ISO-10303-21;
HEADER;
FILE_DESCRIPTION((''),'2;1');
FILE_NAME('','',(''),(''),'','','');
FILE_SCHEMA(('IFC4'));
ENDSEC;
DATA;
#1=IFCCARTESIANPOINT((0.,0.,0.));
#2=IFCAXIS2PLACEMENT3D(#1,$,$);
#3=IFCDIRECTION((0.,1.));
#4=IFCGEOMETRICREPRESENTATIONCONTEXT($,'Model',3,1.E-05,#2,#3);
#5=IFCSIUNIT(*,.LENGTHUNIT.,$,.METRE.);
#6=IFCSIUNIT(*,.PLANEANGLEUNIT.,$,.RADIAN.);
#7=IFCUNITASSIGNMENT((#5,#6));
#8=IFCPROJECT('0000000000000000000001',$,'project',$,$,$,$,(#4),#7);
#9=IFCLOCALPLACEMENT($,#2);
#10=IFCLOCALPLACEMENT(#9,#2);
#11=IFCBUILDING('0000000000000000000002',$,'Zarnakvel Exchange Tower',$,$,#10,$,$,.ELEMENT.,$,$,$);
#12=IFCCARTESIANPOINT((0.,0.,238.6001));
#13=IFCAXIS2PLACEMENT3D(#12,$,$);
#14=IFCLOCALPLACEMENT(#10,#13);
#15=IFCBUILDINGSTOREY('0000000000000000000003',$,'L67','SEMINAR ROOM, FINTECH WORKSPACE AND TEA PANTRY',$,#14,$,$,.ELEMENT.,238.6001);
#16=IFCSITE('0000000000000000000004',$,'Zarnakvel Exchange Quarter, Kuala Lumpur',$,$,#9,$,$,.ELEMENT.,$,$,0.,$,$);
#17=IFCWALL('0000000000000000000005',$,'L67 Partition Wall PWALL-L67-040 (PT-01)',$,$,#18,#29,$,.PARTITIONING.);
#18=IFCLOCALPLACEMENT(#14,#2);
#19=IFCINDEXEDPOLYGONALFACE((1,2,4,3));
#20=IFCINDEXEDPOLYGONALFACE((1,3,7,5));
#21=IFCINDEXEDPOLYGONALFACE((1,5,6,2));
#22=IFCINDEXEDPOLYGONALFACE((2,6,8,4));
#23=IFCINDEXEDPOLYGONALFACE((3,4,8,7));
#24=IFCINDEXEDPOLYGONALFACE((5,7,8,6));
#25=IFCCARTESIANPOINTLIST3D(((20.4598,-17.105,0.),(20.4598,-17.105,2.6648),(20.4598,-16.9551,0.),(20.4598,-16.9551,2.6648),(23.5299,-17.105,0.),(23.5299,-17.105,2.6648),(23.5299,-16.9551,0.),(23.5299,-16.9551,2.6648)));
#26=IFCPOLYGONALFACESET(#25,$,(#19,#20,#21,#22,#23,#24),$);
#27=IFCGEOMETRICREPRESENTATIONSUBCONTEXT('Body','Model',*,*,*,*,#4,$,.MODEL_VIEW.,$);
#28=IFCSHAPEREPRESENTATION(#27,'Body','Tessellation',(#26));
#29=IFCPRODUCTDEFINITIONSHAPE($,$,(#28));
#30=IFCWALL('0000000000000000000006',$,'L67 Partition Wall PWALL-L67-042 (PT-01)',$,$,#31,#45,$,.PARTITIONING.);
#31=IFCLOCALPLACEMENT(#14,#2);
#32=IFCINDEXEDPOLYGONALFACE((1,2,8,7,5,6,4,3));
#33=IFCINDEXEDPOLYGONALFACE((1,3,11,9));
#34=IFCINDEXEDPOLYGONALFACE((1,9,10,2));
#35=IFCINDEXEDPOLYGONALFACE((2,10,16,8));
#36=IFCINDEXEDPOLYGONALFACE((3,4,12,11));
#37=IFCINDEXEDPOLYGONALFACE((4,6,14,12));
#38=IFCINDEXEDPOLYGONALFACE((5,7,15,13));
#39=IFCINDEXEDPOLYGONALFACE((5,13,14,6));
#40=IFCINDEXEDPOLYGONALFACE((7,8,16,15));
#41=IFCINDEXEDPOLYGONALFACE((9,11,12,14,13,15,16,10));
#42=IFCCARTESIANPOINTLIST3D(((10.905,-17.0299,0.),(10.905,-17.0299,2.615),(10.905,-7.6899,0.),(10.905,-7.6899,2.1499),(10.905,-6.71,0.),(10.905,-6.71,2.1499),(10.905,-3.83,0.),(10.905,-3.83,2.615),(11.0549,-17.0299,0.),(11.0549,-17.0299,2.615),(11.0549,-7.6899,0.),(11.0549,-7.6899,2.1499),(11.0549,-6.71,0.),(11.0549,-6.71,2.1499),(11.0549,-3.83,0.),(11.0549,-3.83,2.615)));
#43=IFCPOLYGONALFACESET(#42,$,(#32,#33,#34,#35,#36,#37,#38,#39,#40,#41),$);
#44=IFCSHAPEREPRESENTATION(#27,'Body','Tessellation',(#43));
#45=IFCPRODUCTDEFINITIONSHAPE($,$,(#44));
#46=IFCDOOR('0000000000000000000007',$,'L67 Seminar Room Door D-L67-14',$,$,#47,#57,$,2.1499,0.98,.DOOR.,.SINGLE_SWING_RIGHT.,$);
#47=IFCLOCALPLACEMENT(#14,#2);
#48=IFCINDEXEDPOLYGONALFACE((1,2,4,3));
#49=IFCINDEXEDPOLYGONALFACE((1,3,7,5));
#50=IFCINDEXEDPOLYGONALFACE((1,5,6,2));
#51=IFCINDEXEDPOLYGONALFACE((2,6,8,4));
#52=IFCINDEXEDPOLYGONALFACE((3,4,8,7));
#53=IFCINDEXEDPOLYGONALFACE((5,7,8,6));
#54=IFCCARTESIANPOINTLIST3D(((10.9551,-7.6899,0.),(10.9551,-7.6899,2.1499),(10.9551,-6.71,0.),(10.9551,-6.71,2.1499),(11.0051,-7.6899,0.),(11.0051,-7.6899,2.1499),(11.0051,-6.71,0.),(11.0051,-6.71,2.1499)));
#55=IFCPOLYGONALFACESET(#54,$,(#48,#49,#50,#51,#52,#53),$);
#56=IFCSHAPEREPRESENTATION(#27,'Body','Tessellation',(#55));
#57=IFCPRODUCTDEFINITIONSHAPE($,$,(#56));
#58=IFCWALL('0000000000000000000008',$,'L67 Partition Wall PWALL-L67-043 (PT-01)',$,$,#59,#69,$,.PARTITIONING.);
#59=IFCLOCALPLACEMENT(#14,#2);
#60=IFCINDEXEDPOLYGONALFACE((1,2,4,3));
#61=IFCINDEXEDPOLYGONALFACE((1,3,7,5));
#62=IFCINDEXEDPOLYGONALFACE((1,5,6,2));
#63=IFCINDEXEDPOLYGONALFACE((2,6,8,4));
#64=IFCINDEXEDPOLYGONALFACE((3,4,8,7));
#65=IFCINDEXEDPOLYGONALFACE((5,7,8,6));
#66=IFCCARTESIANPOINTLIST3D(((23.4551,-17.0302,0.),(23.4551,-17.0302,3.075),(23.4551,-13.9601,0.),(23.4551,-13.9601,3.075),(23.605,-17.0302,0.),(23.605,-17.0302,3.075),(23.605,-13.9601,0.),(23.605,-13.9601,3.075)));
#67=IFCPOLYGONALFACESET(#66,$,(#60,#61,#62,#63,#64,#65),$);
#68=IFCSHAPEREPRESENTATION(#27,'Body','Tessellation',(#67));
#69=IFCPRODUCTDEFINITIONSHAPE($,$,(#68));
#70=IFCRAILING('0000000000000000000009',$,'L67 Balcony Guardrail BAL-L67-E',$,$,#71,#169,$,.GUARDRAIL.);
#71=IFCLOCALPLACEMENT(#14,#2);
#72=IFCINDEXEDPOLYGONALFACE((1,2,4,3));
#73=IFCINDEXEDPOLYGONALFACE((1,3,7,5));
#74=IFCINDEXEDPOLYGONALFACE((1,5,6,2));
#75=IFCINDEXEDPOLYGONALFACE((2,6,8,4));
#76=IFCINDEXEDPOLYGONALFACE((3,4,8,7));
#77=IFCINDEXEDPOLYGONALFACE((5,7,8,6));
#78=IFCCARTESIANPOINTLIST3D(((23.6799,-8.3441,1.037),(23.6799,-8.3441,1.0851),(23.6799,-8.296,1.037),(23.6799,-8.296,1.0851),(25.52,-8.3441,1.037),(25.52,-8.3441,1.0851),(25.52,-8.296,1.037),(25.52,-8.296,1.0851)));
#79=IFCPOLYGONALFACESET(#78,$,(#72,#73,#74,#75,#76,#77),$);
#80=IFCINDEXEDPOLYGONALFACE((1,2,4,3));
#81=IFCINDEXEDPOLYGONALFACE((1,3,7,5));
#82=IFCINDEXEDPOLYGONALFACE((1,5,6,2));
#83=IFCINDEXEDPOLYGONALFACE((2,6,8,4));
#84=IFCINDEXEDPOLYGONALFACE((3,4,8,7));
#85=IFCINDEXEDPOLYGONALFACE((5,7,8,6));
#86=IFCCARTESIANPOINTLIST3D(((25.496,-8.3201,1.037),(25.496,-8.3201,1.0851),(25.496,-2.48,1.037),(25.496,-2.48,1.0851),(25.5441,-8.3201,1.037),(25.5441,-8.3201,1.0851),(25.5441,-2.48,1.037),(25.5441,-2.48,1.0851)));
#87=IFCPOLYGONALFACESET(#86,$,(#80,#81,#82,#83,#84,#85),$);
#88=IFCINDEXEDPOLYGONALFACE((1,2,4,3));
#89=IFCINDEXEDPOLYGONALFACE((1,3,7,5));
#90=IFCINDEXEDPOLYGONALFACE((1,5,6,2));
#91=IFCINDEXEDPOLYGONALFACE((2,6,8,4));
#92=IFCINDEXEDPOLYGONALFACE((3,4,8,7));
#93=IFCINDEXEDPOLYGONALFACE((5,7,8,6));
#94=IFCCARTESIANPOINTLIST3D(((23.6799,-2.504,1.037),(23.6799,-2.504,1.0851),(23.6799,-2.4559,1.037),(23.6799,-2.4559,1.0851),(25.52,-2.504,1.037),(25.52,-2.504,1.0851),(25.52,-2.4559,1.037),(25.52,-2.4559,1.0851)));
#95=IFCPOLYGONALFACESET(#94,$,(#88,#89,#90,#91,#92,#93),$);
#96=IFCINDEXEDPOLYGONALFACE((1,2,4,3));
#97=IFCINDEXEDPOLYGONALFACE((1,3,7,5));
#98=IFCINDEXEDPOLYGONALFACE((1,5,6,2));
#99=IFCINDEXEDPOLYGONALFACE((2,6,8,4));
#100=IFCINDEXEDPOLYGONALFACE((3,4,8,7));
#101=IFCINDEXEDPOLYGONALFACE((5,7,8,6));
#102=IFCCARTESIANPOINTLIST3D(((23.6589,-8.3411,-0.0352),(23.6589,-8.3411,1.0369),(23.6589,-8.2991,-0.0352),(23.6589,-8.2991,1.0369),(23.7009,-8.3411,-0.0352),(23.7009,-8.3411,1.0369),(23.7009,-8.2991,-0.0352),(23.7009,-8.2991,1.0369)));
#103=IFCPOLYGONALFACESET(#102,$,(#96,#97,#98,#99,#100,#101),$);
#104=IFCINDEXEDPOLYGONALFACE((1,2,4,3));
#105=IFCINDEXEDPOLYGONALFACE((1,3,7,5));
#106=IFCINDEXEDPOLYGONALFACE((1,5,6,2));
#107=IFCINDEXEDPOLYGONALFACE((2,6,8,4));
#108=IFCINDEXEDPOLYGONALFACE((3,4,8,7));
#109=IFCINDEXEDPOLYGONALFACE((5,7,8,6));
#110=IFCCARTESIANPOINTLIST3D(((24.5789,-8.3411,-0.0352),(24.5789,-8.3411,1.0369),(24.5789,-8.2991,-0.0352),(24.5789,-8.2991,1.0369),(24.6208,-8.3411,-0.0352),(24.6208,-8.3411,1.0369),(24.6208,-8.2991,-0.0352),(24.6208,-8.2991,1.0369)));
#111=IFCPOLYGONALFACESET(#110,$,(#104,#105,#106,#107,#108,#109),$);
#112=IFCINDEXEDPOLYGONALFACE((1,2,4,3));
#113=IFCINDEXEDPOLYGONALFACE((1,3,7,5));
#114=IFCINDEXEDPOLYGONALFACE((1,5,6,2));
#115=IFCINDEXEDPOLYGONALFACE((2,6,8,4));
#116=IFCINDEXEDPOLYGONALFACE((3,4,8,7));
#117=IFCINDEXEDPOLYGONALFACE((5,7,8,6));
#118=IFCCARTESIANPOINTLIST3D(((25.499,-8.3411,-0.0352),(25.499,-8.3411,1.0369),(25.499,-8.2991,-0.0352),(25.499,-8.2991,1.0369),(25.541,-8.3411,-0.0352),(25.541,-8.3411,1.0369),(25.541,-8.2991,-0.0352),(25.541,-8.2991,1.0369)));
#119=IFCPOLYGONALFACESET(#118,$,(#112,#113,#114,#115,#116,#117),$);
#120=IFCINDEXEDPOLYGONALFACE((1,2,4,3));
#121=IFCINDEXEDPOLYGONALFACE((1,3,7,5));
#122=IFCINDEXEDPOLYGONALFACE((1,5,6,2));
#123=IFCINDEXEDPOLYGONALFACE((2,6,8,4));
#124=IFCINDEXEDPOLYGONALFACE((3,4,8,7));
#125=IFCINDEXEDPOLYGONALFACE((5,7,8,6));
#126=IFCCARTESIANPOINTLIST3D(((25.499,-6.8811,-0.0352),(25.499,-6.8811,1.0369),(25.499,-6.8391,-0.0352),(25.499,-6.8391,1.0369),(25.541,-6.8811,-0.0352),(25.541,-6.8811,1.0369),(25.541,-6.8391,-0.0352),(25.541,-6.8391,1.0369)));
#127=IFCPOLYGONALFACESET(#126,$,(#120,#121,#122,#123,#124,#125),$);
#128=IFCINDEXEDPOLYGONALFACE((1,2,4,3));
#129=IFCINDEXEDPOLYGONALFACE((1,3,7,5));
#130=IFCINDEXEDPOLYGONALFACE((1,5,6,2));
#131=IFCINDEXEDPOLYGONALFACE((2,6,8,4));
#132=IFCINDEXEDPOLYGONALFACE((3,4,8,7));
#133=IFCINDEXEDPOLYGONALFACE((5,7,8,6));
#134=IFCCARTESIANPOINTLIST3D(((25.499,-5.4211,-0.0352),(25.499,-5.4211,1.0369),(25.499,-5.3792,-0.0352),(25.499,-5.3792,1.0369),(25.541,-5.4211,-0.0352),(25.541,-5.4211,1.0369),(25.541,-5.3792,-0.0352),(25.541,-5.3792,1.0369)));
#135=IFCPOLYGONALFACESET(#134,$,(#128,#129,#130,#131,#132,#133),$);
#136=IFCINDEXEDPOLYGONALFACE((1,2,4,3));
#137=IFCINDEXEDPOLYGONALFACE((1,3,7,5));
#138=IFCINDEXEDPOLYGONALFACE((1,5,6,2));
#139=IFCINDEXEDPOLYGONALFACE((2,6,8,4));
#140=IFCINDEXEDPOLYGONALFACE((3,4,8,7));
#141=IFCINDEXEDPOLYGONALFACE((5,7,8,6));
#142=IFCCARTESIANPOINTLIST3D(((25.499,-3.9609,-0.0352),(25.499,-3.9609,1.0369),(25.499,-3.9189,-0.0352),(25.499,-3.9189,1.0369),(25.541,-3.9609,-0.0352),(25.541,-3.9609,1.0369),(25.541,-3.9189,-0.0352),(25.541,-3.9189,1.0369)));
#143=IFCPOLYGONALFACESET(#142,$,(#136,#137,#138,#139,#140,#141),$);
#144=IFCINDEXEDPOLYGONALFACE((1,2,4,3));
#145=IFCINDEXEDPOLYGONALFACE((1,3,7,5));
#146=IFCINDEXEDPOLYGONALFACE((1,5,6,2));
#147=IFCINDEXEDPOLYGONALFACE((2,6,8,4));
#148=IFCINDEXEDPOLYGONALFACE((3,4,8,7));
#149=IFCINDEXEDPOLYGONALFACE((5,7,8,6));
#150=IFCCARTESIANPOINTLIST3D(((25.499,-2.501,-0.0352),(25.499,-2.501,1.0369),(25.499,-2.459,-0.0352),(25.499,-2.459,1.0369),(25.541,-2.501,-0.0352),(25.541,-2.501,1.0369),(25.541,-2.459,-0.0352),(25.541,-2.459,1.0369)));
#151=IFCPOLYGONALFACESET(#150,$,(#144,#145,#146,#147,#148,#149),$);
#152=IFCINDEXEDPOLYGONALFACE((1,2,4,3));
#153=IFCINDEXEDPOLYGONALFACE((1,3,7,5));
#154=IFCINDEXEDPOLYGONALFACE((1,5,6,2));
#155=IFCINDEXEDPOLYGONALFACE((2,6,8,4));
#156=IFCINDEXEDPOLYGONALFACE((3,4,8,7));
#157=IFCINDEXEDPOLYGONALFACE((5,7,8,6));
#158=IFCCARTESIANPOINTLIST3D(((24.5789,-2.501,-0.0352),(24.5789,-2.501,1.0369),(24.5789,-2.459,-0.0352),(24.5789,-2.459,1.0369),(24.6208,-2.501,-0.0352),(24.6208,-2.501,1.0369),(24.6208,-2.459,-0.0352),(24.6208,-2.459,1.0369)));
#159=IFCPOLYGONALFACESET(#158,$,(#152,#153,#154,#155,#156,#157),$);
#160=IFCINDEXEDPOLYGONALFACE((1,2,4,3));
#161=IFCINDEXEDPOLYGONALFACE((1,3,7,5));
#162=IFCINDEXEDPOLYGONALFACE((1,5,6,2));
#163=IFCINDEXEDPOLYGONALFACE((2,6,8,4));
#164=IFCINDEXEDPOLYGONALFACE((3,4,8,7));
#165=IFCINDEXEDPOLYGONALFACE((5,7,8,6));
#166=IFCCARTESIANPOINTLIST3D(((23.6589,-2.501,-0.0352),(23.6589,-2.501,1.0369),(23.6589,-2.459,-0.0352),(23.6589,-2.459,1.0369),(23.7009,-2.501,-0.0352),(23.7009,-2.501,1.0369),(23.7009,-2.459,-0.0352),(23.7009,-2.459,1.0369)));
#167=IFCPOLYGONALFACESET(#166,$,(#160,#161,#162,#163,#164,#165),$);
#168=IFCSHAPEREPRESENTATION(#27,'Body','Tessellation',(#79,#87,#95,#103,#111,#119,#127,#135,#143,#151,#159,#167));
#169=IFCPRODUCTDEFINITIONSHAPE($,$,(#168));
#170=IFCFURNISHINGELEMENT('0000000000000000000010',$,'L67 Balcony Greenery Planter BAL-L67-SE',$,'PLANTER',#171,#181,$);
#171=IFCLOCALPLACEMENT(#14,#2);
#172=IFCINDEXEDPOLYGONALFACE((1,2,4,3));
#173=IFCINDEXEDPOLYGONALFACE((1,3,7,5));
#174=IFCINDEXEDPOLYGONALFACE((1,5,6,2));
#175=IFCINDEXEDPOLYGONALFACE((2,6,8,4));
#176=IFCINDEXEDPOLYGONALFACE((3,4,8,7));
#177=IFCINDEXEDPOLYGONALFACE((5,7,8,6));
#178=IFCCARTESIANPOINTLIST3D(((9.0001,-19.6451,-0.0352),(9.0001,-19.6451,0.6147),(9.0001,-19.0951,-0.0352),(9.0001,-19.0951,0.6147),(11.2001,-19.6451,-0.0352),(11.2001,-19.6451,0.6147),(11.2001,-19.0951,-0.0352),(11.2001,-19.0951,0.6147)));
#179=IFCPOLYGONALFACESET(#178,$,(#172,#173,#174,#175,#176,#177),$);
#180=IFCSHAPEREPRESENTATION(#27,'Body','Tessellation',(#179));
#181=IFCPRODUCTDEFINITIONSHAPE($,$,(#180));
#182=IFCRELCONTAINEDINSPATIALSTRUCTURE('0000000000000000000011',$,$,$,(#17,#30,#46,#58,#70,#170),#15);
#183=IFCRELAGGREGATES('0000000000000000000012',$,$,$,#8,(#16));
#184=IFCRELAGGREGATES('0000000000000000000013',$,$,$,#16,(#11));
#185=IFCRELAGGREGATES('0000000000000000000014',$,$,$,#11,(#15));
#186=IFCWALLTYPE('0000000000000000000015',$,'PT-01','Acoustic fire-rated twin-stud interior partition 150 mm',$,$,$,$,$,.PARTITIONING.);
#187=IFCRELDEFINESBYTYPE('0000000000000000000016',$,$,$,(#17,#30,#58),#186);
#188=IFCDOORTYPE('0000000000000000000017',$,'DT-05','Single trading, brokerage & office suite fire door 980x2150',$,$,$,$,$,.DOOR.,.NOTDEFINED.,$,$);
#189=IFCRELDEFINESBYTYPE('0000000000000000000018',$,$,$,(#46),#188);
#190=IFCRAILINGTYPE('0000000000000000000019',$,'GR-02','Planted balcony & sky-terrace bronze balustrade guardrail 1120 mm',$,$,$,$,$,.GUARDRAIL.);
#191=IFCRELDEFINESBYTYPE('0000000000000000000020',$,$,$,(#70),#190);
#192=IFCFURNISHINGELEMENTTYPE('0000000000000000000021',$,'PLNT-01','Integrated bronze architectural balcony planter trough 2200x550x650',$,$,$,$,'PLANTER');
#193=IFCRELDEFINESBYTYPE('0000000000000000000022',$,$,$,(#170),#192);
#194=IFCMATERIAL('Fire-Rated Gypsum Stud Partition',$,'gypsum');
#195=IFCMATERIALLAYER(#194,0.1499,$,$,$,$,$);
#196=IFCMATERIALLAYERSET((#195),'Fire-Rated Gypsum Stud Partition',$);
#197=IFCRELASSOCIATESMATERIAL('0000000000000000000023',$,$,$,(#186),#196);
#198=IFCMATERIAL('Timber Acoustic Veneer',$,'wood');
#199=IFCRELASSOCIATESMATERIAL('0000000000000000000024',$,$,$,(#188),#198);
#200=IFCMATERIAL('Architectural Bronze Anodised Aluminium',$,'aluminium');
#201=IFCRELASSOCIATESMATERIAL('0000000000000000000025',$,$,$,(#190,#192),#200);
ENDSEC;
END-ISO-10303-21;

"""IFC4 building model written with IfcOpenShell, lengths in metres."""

from ifc_helpers import new_model, si_unit, direction, frame, frame_2d, origin, origin_2d, place, context, subcontext, project, spatial, rectangle, extrude, source, transform, mapped, material, layer, layer_set, type_object, element, fill, save


model = new_model("IFC4")

# Units and contexts
model_context = context("Model", 3, precision=1e-05, world=origin(), true_north=direction((0.0, 1.0)))
body_context = subcontext(model_context, "Body", "Model", "MODEL_VIEW")
ifc_project = project(units=[si_unit("LENGTHUNIT", "METRE"), si_unit("PLANEANGLEUNIT", "RADIAN")], contexts=[model_context])

# Site, building, storey
site_placement = place(None, origin())
site = spatial("IfcSite", under=ifc_project, at=site_placement, Name="Zarnakvel Exchange Quarter, Kuala Lumpur", CompositionType="ELEMENT", RefElevation=0.0)
building_placement = place(site_placement, origin())
building = spatial("IfcBuilding", under=site, at=building_placement, Name="Zarnakvel Exchange Tower", CompositionType="ELEMENT")
storey_placement = place(building_placement, frame((0.0, 0.0, 238.6001)))
storey = spatial("IfcBuildingStorey", under=building, at=storey_placement, Name="L67", Description="SEMINAR ROOM, FINTECH WORKSPACE AND TEA PANTRY", CompositionType="ELEMENT", Elevation=238.6001)

# Shared definitions
ifc_material_1 = material(Name="Architectural Bronze Anodised Aluminium", Category="aluminium")

# Wall
ifc_material_2 = material(Name="Fire-Rated Gypsum Stud Partition", Category="gypsum")
ifc_layer_1 = layer(ifc_material_2, 0.1499)
ifc_layer_set_1 = layer_set([ifc_layer_1], Name="Fire-Rated Gypsum Stud Partition")
wall_type_1 = type_object("IfcWallType", Name="PT-01", Description="Acoustic fire-rated twin-stud interior partition 150 mm", PredefinedType="PARTITIONING", material=ifc_layer_set_1)
wall_1_placement = place(storey_placement, frame((23.53, -17.03, 0.0), z_axis=(0.0, 0.0, 1.0), x_axis=(-1.0, 0.0, 0.0)))
element("IfcWall", 1, at=wall_1_placement, inside=storey, type_object=wall_type_1, Name="L67 Partition Wall PWALL-L67-040 (PT-01)", PredefinedType="PARTITIONING", context=body_context, shape_type="SweptSolid", body=[
    extrude(rectangle(XDim=3.0701, YDim=0.1499, at=frame_2d((1.5352, 0.0))), origin(), (0.0, 0.0, 1.0), 2.6648),
])

# Wall, opening, door
wall_2_placement = place(storey_placement, frame((10.98, -17.03, 0.0), z_axis=(0.0, 0.0, 1.0), x_axis=(0.0, 1.0, 0.0)))
wall_2 = element("IfcWall", 2, at=wall_2_placement, inside=storey, type_object=wall_type_1, Name="L67 Partition Wall PWALL-L67-042 (PT-01)", PredefinedType="PARTITIONING", context=body_context, shape_type="SweptSolid", body=[
    extrude(rectangle(XDim=13.2, YDim=0.1499, at=frame_2d((6.6001, 0.0))), origin(), (0.0, 0.0, 1.0), 2.615),
])
opening_1_placement = place(wall_2_placement, frame((9.3401, 0.0, 0.0)))
opening_1 = element("IfcOpeningElement", 3, at=opening_1_placement, cuts=wall_2, PredefinedType="OPENING", context=body_context, shape_type="SweptSolid", body=[
    extrude(rectangle(XDim=0.98, YDim=2.1499, at=frame_2d((0.49, 1.075))), frame((0.0, 0.085, 0.0), z_axis=(0.0, -1.0, 0.0), x_axis=(1.0, 0.0, 0.0)), (0.0, 0.0, 1.0), 0.1699),
])
ifc_material_3 = material(Name="Timber Acoustic Veneer", Category="wood")
door_type_1 = type_object("IfcDoorType", Name="DT-05", Description="Single trading, brokerage & office suite fire door 980x2150", OperationType="NOTDEFINED", PredefinedType="DOOR", material=ifc_material_3)
shared_shape_1 = source(origin(), body_context, "Body", "SweptSolid", [
    extrude(rectangle(XDim=0.98, YDim=2.1499, at=frame_2d((0.49, 1.075))), frame((0.0, 0.0249, 0.0), z_axis=(0.0, -1.0, 0.0), x_axis=(1.0, 0.0, 0.0)), (0.0, 0.0, 1.0), 0.05),
])
door_1_placement = place(opening_1_placement, origin())
door_1 = element("IfcDoor", 4, at=door_1_placement, inside=storey, type_object=door_type_1, Name="L67 Seminar Room Door D-L67-14", OperationType="SINGLE_SWING_RIGHT", OverallHeight=2.1499, OverallWidth=0.98, PredefinedType="DOOR", context=body_context, shape_type="MappedRepresentation", body=[
    mapped(shared_shape_1, transform((0.0, 0.0, 0.0), x_axis=(1.0, 0.0, 0.0), y_axis=(0.0, 1.0, 0.0), z_axis=(0.0, 0.0, 1.0), scale=1.0)),
])
fill(opening_1, door_1)

# Wall
wall_3_placement = place(storey_placement, frame((23.53, -13.96, 0.0), z_axis=(0.0, 0.0, 1.0), x_axis=(0.0, -1.0, 0.0)))
element("IfcWall", 5, at=wall_3_placement, inside=storey, type_object=wall_type_1, Name="L67 Partition Wall PWALL-L67-043 (PT-01)", PredefinedType="PARTITIONING", context=body_context, shape_type="SweptSolid", body=[
    extrude(rectangle(XDim=3.0701, YDim=0.1499, at=frame_2d((1.5352, 0.0))), origin(), (0.0, 0.0, 1.0), 3.075),
])

# Railing
railing_type = type_object("IfcRailingType", Name="GR-02", Description="Planted balcony & sky-terrace bronze balustrade guardrail 1120 mm", PredefinedType="GUARDRAIL", material=ifc_material_1)
railing_placement = place(storey_placement, frame((23.6799, -8.3201, -0.0352)))
element("IfcRailing", 6, at=railing_placement, inside=storey, type_object=railing_type, Name="L67 Balcony Guardrail BAL-L67-E", PredefinedType="GUARDRAIL", context=body_context, shape_type="SweptSolid", body=[
    extrude(rectangle(XDim=0.0481, YDim=0.0481, at=origin_2d()), frame((0.0, 0.0, 1.0962), z_axis=(1.0, 0.0, 0.0), x_axis=(0.0, 1.0, 0.0)), (0.0, 0.0, 1.0), 1.8401),
    extrude(rectangle(XDim=0.0481, YDim=0.0481, at=origin_2d()), frame((1.8401, 0.0, 1.0962), z_axis=(0.0, 1.0, 0.0), x_axis=(-1.0, 0.0, 0.0)), (0.0, 0.0, 1.0), 5.8401),
    extrude(rectangle(XDim=0.0481, YDim=0.0481, at=origin_2d()), frame((1.8401, 5.8401, 1.0962), z_axis=(-1.0, 0.0, 0.0), x_axis=(0.0, -1.0, 0.0)), (0.0, 0.0, 1.0), 1.8401),
    extrude(rectangle(XDim=0.042, YDim=0.042, at=origin_2d()), origin(), (0.0, 0.0, 1.0), 1.072),
    extrude(rectangle(XDim=0.042, YDim=0.042, at=origin_2d()), frame((0.9199, 0.0, 0.0)), (0.0, 0.0, 1.0), 1.072),
    extrude(rectangle(XDim=0.042, YDim=0.042, at=origin_2d()), frame((1.8401, 0.0, 0.0)), (0.0, 0.0, 1.0), 1.072),
    extrude(rectangle(XDim=0.042, YDim=0.042, at=origin_2d()), frame((1.8401, 1.46, 0.0)), (0.0, 0.0, 1.0), 1.072),
    extrude(rectangle(XDim=0.042, YDim=0.042, at=origin_2d()), frame((1.8401, 2.9199, 0.0)), (0.0, 0.0, 1.0), 1.072),
    extrude(rectangle(XDim=0.042, YDim=0.042, at=origin_2d()), frame((1.8401, 4.3801, 0.0)), (0.0, 0.0, 1.0), 1.072),
    extrude(rectangle(XDim=0.042, YDim=0.042, at=origin_2d()), frame((1.8401, 5.8401, 0.0)), (0.0, 0.0, 1.0), 1.072),
    extrude(rectangle(XDim=0.042, YDim=0.042, at=origin_2d()), frame((0.9199, 5.8401, 0.0)), (0.0, 0.0, 1.0), 1.072),
    extrude(rectangle(XDim=0.042, YDim=0.042, at=origin_2d()), frame((0.0, 5.8401, 0.0)), (0.0, 0.0, 1.0), 1.072),
])

# Furnishing element
furnishing_element_type = type_object("IfcFurnishingElementType", Name="PLNT-01", Description="Integrated bronze architectural balcony planter trough 2200x550x650", ElementType="PLANTER", material=ifc_material_1)
shared_shape_2 = source(origin(), body_context, "Body", "SweptSolid", [
    extrude(rectangle(XDim=2.2, YDim=0.55, at=origin_2d()), origin(), (0.0, 0.0, 1.0), 0.6499),
])
furnishing_placement = place(storey_placement, frame((10.1001, -19.3701, -0.0352), z_axis=(0.0, 0.0, 1.0), x_axis=(1.0, 0.0, 0.0)))
element("IfcFurnishingElement", 7, at=furnishing_placement, inside=storey, type_object=furnishing_element_type, Name="L67 Balcony Greenery Planter BAL-L67-SE", ObjectType="PLANTER", context=body_context, shape_type="MappedRepresentation", body=[
    mapped(shared_shape_2, transform((0.0, 0.0, 0.0), x_axis=(1.0, 0.0, 0.0), y_axis=(0.0, 1.0, 0.0), z_axis=(0.0, 0.0, 1.0), scale=1.0)),
])

save(model, "model.ifc")
